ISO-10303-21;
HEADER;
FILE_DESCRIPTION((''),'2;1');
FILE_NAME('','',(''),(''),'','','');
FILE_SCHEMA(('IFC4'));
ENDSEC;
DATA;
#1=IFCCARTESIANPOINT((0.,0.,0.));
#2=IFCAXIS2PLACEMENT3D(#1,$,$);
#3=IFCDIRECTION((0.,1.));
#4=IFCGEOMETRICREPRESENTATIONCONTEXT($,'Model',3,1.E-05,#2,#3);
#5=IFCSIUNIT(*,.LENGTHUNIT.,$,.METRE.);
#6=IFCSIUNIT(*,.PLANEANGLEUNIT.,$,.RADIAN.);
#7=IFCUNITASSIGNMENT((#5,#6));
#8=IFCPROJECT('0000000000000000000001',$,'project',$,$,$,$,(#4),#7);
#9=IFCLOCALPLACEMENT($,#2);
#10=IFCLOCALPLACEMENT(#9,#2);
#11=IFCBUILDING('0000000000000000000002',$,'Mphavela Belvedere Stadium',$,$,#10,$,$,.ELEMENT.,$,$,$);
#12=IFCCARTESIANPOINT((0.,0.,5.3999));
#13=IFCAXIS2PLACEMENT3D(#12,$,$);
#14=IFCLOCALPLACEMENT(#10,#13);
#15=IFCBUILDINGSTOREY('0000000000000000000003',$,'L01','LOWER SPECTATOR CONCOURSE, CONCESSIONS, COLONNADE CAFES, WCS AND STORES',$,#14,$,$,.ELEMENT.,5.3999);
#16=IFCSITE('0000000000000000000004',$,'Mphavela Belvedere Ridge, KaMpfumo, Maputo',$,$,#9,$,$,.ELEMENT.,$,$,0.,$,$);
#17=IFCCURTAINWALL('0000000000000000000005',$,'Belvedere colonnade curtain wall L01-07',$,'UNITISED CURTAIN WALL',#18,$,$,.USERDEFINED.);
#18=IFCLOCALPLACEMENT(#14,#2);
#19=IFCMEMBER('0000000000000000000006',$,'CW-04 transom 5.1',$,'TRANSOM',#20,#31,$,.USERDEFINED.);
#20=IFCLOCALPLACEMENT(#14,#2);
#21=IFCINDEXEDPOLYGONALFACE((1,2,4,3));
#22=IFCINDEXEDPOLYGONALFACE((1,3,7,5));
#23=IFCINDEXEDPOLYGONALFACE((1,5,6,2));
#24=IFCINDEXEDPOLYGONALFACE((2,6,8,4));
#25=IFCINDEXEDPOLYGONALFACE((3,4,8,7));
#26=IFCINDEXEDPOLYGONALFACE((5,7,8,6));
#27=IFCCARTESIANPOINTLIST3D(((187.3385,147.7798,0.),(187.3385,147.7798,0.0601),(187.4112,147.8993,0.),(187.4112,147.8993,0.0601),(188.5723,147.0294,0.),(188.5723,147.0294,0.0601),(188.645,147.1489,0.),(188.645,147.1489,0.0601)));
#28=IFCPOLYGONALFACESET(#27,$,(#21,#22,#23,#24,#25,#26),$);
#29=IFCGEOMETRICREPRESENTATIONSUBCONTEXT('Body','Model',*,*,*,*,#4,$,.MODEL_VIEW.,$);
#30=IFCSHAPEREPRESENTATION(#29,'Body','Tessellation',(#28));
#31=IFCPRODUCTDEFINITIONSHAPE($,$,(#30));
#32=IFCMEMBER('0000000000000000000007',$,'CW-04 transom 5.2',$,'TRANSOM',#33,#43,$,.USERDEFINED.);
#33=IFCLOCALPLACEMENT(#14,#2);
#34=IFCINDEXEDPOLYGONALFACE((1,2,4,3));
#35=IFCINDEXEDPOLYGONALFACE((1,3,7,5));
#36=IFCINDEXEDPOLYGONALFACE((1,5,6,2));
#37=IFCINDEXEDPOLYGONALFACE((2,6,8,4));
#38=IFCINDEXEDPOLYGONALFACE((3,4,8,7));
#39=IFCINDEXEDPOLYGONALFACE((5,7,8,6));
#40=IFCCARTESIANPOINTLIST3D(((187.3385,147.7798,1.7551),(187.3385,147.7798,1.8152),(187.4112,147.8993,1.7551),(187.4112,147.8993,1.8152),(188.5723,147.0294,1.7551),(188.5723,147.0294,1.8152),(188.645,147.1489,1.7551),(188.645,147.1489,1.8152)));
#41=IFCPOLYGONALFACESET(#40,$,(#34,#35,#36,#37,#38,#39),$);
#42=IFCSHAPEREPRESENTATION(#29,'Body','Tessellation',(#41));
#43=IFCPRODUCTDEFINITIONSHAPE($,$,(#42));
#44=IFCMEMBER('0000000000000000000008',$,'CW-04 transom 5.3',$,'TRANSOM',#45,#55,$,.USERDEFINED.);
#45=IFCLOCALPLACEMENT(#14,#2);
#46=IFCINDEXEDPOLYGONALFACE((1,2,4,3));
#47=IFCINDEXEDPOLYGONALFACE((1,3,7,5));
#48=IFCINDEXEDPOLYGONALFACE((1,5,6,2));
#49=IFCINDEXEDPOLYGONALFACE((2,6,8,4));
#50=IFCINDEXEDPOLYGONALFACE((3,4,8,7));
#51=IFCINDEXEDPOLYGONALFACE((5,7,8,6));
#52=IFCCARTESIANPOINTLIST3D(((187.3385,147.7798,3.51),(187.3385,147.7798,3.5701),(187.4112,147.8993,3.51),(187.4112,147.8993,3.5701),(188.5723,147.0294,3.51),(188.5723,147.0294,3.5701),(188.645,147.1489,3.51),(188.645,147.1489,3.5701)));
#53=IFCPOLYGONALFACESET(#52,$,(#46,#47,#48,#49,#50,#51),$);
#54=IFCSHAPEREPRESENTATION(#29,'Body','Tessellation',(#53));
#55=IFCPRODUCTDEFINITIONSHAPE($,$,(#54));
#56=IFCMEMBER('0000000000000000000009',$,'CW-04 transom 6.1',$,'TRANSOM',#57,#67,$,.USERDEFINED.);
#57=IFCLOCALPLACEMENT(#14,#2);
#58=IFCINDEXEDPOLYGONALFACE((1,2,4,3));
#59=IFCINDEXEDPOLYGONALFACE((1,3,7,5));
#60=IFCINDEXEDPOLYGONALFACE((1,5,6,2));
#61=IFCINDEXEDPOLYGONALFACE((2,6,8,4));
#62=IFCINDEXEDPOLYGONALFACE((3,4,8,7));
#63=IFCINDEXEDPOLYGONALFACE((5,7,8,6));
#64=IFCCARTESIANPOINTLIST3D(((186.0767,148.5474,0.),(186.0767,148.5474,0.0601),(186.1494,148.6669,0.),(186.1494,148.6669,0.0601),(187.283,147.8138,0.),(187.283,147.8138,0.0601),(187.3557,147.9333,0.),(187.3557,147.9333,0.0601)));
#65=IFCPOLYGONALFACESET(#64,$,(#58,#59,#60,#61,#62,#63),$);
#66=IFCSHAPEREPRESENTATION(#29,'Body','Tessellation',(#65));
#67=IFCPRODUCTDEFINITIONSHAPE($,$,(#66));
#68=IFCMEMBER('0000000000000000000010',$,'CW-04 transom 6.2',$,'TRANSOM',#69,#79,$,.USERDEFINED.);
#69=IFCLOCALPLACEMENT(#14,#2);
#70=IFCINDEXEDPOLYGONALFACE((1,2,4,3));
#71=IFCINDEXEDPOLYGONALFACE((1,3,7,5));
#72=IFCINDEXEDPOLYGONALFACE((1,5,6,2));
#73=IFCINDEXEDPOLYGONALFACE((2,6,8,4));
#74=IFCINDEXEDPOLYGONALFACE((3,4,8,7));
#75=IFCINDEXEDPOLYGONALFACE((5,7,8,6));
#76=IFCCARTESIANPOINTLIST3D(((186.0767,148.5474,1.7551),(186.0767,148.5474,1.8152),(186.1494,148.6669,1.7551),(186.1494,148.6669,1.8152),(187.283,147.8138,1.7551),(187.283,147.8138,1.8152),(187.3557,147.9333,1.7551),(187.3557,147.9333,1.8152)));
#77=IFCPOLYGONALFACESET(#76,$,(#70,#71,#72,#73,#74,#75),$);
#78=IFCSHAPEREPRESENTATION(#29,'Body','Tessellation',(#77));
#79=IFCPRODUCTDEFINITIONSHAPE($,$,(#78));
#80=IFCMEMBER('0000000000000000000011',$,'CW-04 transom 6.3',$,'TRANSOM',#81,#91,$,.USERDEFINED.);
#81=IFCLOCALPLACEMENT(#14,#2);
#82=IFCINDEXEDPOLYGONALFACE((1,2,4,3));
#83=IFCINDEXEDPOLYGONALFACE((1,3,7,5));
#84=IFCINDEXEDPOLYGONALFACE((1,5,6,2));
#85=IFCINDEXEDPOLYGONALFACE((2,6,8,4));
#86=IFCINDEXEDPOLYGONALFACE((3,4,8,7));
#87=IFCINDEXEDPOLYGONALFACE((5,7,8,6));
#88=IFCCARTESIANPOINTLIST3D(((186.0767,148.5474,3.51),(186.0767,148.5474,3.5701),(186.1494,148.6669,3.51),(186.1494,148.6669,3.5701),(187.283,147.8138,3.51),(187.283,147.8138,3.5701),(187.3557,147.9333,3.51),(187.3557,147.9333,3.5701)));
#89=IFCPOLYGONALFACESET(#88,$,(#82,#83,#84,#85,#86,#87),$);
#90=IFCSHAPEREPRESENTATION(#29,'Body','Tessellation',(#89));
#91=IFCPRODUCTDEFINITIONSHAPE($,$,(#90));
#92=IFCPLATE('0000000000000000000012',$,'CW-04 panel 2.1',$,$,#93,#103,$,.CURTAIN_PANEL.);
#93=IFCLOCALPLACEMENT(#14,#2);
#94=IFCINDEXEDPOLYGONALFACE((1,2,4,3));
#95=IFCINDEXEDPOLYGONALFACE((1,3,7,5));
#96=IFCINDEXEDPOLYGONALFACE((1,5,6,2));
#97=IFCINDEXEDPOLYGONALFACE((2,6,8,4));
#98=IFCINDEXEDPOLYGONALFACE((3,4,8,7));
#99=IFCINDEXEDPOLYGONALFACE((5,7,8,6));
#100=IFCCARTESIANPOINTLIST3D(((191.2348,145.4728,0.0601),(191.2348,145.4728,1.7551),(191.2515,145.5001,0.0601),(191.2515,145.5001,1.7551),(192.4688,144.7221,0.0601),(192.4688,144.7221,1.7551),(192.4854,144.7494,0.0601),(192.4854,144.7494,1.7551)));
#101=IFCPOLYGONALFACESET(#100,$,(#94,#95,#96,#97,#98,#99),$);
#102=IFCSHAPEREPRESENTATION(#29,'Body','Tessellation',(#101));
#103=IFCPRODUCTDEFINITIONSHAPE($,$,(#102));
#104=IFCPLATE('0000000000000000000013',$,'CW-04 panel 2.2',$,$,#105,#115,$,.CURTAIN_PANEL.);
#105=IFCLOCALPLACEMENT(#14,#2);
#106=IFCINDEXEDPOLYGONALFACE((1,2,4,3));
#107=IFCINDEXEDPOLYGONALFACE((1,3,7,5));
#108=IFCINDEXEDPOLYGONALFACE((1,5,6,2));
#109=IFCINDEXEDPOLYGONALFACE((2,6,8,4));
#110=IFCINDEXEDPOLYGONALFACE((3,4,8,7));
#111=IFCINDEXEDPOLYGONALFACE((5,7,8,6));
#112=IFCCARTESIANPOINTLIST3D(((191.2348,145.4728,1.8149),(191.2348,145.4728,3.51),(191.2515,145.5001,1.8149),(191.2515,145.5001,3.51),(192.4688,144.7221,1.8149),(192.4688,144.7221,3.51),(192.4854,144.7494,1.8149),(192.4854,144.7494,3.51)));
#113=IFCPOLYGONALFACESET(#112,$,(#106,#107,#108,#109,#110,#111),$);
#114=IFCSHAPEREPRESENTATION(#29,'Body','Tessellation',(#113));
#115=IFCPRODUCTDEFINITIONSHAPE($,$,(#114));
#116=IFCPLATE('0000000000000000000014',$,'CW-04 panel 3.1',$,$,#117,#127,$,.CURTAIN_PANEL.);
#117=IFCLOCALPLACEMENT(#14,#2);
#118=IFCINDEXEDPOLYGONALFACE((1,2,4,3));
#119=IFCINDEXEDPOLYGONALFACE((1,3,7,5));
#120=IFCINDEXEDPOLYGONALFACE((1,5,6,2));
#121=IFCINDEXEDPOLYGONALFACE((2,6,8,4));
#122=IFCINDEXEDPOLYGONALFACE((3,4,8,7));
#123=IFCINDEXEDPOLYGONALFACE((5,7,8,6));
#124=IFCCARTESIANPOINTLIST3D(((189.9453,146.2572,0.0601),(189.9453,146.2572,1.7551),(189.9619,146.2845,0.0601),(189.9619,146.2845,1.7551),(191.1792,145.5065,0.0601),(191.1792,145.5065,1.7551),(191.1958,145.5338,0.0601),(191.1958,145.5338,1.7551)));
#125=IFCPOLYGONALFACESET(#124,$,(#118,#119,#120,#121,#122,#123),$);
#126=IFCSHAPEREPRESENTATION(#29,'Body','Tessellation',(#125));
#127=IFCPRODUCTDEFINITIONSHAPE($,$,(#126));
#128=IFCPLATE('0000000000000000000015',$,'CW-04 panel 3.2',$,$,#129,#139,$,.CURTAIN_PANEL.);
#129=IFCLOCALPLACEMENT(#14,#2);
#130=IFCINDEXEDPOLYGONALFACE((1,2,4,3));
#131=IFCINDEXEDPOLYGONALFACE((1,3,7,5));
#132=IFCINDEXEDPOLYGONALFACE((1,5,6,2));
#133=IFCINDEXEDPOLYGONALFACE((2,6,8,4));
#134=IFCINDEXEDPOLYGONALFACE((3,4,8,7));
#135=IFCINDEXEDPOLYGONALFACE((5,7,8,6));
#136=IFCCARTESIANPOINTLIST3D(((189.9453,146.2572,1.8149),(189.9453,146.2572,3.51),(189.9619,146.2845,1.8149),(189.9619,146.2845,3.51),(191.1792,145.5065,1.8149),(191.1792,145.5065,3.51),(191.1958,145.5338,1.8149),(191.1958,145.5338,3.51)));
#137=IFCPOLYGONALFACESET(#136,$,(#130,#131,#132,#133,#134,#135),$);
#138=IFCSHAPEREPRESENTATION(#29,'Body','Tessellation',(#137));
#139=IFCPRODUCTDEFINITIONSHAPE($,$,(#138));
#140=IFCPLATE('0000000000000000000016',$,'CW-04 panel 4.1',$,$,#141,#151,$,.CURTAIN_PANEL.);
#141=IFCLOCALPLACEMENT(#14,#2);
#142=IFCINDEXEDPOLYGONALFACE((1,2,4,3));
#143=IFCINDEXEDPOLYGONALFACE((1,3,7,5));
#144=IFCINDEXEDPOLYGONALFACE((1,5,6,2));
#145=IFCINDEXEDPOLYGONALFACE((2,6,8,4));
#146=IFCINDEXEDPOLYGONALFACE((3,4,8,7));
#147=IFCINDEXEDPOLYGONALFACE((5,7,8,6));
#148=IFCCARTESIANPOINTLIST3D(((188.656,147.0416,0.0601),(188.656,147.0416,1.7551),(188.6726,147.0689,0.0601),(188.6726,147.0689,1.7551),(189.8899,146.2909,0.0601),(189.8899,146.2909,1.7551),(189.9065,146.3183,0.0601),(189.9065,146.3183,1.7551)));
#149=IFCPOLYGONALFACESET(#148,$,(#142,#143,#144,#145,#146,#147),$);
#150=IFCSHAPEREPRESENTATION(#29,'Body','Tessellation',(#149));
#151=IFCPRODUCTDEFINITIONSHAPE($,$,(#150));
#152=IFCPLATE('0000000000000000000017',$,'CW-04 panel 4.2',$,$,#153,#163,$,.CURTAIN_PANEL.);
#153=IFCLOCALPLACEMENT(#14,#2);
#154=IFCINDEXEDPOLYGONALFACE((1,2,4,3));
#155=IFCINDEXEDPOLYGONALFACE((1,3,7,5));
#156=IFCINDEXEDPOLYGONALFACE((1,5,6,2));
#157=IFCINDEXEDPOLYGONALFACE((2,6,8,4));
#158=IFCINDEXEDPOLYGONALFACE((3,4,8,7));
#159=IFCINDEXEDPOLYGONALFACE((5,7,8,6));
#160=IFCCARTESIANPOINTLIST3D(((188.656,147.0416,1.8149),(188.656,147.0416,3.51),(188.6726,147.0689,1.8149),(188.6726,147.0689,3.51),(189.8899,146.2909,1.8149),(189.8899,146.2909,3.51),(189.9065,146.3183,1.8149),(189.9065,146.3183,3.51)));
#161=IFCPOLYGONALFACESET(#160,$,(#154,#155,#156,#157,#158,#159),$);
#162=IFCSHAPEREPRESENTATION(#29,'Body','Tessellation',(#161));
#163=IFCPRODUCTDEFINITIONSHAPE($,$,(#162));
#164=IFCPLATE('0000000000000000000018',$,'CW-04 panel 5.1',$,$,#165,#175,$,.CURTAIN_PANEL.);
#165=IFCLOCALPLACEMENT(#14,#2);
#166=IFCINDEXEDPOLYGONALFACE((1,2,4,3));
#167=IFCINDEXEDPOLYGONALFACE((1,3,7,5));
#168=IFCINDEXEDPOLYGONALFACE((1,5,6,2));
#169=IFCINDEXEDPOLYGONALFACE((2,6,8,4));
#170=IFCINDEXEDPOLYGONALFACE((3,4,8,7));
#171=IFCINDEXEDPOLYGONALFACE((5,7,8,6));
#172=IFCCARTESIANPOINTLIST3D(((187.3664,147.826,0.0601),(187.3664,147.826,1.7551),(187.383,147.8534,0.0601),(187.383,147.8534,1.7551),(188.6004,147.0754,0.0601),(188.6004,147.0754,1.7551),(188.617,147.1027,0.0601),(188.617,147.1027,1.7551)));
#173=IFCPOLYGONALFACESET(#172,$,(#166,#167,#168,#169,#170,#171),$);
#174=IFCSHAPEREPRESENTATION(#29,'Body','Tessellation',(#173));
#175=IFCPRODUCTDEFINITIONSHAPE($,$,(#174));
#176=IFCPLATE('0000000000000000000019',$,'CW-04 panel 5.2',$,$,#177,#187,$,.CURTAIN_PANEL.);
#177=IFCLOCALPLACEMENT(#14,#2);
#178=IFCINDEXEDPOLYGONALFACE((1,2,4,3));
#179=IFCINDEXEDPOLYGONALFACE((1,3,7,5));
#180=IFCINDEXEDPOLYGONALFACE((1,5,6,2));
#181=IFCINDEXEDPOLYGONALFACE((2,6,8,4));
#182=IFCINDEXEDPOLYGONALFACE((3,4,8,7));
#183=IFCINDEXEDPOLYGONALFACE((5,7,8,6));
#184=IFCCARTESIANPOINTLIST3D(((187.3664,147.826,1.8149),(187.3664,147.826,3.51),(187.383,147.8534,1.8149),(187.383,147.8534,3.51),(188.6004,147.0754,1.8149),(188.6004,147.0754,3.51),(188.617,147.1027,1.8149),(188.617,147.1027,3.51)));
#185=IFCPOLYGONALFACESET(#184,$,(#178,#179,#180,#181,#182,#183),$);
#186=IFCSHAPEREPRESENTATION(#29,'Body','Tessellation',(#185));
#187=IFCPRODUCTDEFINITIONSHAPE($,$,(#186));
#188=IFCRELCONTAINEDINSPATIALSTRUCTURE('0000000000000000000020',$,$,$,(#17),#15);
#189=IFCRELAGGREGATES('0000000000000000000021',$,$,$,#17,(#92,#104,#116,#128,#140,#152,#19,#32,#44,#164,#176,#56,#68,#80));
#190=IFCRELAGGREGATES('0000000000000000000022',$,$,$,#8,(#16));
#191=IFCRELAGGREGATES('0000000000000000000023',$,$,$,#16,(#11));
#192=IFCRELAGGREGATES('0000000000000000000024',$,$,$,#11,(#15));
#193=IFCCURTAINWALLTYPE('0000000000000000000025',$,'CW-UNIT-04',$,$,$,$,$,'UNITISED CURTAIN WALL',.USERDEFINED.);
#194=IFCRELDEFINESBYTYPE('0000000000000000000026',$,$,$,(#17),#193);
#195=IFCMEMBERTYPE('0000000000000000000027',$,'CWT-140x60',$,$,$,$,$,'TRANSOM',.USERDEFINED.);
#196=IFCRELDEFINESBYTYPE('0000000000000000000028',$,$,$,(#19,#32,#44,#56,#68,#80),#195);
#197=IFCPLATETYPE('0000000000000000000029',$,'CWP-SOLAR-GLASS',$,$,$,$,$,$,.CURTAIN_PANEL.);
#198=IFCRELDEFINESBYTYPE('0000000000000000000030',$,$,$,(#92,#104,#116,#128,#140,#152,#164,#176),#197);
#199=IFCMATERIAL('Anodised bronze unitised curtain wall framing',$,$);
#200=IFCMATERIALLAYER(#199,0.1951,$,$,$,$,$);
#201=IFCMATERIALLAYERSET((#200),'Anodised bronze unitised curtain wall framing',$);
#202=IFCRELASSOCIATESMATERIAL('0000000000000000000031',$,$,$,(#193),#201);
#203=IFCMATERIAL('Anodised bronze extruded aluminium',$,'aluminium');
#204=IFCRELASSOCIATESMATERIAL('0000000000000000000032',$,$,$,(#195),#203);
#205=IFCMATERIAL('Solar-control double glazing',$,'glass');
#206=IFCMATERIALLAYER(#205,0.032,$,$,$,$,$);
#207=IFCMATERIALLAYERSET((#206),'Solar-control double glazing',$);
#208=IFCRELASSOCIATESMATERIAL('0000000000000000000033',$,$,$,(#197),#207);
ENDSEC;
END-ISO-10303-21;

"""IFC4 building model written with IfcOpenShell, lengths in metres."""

from ifc_helpers import new_model, si_unit, direction, frame, origin, origin_2d, place, context, subcontext, project, spatial, rectangle, extrude, material, layer, layer_set, material_profile, profile_set, type_object, element, aggregate, save


model = new_model("IFC4")

# Units and contexts
model_context = context("Model", 3, precision=1e-05, world=origin(), true_north=direction((0.0, 1.0)))
body_context = subcontext(model_context, "Body", "Model", "MODEL_VIEW")
ifc_project = project(units=[si_unit("LENGTHUNIT", "METRE"), si_unit("PLANEANGLEUNIT", "RADIAN")], contexts=[model_context])

# Site, building, storey
site_placement = place(None, origin())
site = spatial("IfcSite", under=ifc_project, at=site_placement, Name="Mphavela Belvedere Ridge, KaMpfumo, Maputo", CompositionType="ELEMENT", RefElevation=0.0)
building_placement = place(site_placement, origin())
building = spatial("IfcBuilding", under=site, at=building_placement, Name="Mphavela Belvedere Stadium", CompositionType="ELEMENT")
storey_placement = place(building_placement, frame((0.0, 0.0, 5.3999)))
storey = spatial("IfcBuildingStorey", under=building, at=storey_placement, Name="L01", Description="LOWER SPECTATOR CONCOURSE, CONCESSIONS, COLONNADE CAFES, WCS AND STORES", CompositionType="ELEMENT", Elevation=5.3999)

# Curtain wall, members, plates
ifc_material_1 = material(Name="Anodised bronze unitised curtain wall framing")
ifc_layer_1 = layer(ifc_material_1, 0.1951)
ifc_layer_set_1 = layer_set([ifc_layer_1], Name="Anodised bronze unitised curtain wall framing")
curtain_wall_type = type_object("IfcCurtainWallType", Name="CW-UNIT-04", ElementType="UNITISED CURTAIN WALL", PredefinedType="USERDEFINED", material=ifc_layer_set_1)
curtain_wall_placement = place(storey_placement, origin())
curtain_wall = element("IfcCurtainWall", 1, at=curtain_wall_placement, inside=storey, type_object=curtain_wall_type, Name="Belvedere colonnade curtain wall L01-07", ObjectType="UNITISED CURTAIN WALL", PredefinedType="USERDEFINED")
ifc_material_2 = material(Name="Anodised bronze extruded aluminium", Category="aluminium")
ifc_material_profile_1 = material_profile(ifc_material_2, rectangle(XDim=0.1399, YDim=0.0601, at=origin_2d()), Name="CW-TRN 140x60")
ifc_profile_set_1 = profile_set([ifc_material_profile_1], Name="Anodised bronze extruded aluminium")
member_type_1 = type_object("IfcMemberType", Name="CWT-140x60", ElementType="TRANSOM", PredefinedType="USERDEFINED", material=ifc_profile_set_1)
member_1_placement = place(storey_placement, frame((188.6086, 147.0891, 0.03), z_axis=(-0.854375, 0.519657, 0.0), x_axis=(-0.519657, -0.854375, 0.0)))
member_1 = element("IfcMember", 2, at=member_1_placement, type_object=member_type_1, Name="CW-04 transom 5.1", ObjectType="TRANSOM", PredefinedType="USERDEFINED", context=body_context, shape_type="SweptSolid", body=[
    extrude(rectangle(XDim=0.1399, YDim=0.0601, at=origin_2d()), origin(), (0.0, 0.0, 1.0), 1.4441),
])
member_2_placement = place(storey_placement, frame((188.6086, 147.0891, 1.7852), z_axis=(-0.854375, 0.519657, 0.0), x_axis=(-0.519657, -0.854375, 0.0)))
member_2 = element("IfcMember", 3, at=member_2_placement, type_object=member_type_1, Name="CW-04 transom 5.2", ObjectType="TRANSOM", PredefinedType="USERDEFINED", context=body_context, shape_type="SweptSolid", body=[
    extrude(rectangle(XDim=0.1399, YDim=0.0601, at=origin_2d()), origin(), (0.0, 0.0, 1.0), 1.4441),
])
member_3_placement = place(storey_placement, frame((188.6086, 147.0891, 3.54), z_axis=(-0.854375, 0.519657, 0.0), x_axis=(-0.519657, -0.854375, 0.0)))
member_3 = element("IfcMember", 4, at=member_3_placement, type_object=member_type_1, Name="CW-04 transom 5.3", ObjectType="TRANSOM", PredefinedType="USERDEFINED", context=body_context, shape_type="SweptSolid", body=[
    extrude(rectangle(XDim=0.1399, YDim=0.0601, at=origin_2d()), origin(), (0.0, 0.0, 1.0), 1.4441),
])
member_4_placement = place(storey_placement, frame((187.3193, 147.8735, 0.03), z_axis=(-0.854396, 0.519623, 0.0), x_axis=(-0.519623, -0.854396, 0.0)))
member_4 = element("IfcMember", 5, at=member_4_placement, type_object=member_type_1, Name="CW-04 transom 6.1", ObjectType="TRANSOM", PredefinedType="USERDEFINED", context=body_context, shape_type="SweptSolid", body=[
    extrude(rectangle(XDim=0.1399, YDim=0.0601, at=origin_2d()), origin(), (0.0, 0.0, 1.0), 1.4119),
])
member_5_placement = place(storey_placement, frame((187.3193, 147.8735, 1.7852), z_axis=(-0.854396, 0.519623, 0.0), x_axis=(-0.519623, -0.854396, 0.0)))
member_5 = element("IfcMember", 6, at=member_5_placement, type_object=member_type_1, Name="CW-04 transom 6.2", ObjectType="TRANSOM", PredefinedType="USERDEFINED", context=body_context, shape_type="SweptSolid", body=[
    extrude(rectangle(XDim=0.1399, YDim=0.0601, at=origin_2d()), origin(), (0.0, 0.0, 1.0), 1.4119),
])
member_6_placement = place(storey_placement, frame((187.3193, 147.8735, 3.54), z_axis=(-0.854396, 0.519623, 0.0), x_axis=(-0.519623, -0.854396, 0.0)))
member_6 = element("IfcMember", 7, at=member_6_placement, type_object=member_type_1, Name="CW-04 transom 6.3", ObjectType="TRANSOM", PredefinedType="USERDEFINED", context=body_context, shape_type="SweptSolid", body=[
    extrude(rectangle(XDim=0.1399, YDim=0.0601, at=origin_2d()), origin(), (0.0, 0.0, 1.0), 1.4119),
])
ifc_material_3 = material(Name="Solar-control double glazing", Category="glass")
ifc_layer_2 = layer(ifc_material_3, 0.032)
ifc_layer_set_2 = layer_set([ifc_layer_2], Name="Solar-control double glazing")
plate_type = type_object("IfcPlateType", Name="CWP-SOLAR-GLASS", PredefinedType="CURTAIN_PANEL", material=ifc_layer_set_2)
plate_1_placement = place(storey_placement, frame((191.8601, 145.1111, 0.0601), z_axis=(0.0, 0.0, 1.0), x_axis=(-0.854328, 0.519735, 0.0)))
plate_1 = element("IfcPlate", 8, at=plate_1_placement, type_object=plate_type, Name="CW-04 panel 2.1", PredefinedType="CURTAIN_PANEL", context=body_context, shape_type="SweptSolid", body=[
    extrude(rectangle(XDim=1.4443, YDim=0.032, at=origin_2d()), origin(), (0.0, 0.0, 1.0), 1.6951),
])
plate_2_placement = place(storey_placement, frame((191.8601, 145.1111, 1.8149), z_axis=(0.0, 0.0, 1.0), x_axis=(-0.854328, 0.519735, 0.0)))
plate_2 = element("IfcPlate", 9, at=plate_2_placement, type_object=plate_type, Name="CW-04 panel 2.2", PredefinedType="CURTAIN_PANEL", context=body_context, shape_type="SweptSolid", body=[
    extrude(rectangle(XDim=1.4443, YDim=0.032, at=origin_2d()), origin(), (0.0, 0.0, 1.0), 1.6951),
])
plate_3_placement = place(storey_placement, frame((190.5706, 145.8955, 0.0601), z_axis=(0.0, 0.0, 1.0), x_axis=(-0.854328, 0.519735, 0.0)))
plate_3 = element("IfcPlate", 10, at=plate_3_placement, type_object=plate_type, Name="CW-04 panel 3.1", PredefinedType="CURTAIN_PANEL", context=body_context, shape_type="SweptSolid", body=[
    extrude(rectangle(XDim=1.4443, YDim=0.032, at=origin_2d()), origin(), (0.0, 0.0, 1.0), 1.6951),
])
plate_4_placement = place(storey_placement, frame((190.5706, 145.8955, 1.8149), z_axis=(0.0, 0.0, 1.0), x_axis=(-0.854328, 0.519735, 0.0)))
plate_4 = element("IfcPlate", 11, at=plate_4_placement, type_object=plate_type, Name="CW-04 panel 3.2", PredefinedType="CURTAIN_PANEL", context=body_context, shape_type="SweptSolid", body=[
    extrude(rectangle(XDim=1.4443, YDim=0.032, at=origin_2d()), origin(), (0.0, 0.0, 1.0), 1.6951),
])
plate_5_placement = place(storey_placement, frame((189.2812, 146.6799, 0.0601), z_axis=(0.0, 0.0, 1.0), x_axis=(-0.854328, 0.519735, 0.0)))
plate_5 = element("IfcPlate", 12, at=plate_5_placement, type_object=plate_type, Name="CW-04 panel 4.1", PredefinedType="CURTAIN_PANEL", context=body_context, shape_type="SweptSolid", body=[
    extrude(rectangle(XDim=1.4443, YDim=0.032, at=origin_2d()), origin(), (0.0, 0.0, 1.0), 1.6951),
])
plate_6_placement = place(storey_placement, frame((189.2812, 146.6799, 1.8149), z_axis=(0.0, 0.0, 1.0), x_axis=(-0.854328, 0.519735, 0.0)))
plate_6 = element("IfcPlate", 13, at=plate_6_placement, type_object=plate_type, Name="CW-04 panel 4.2", PredefinedType="CURTAIN_PANEL", context=body_context, shape_type="SweptSolid", body=[
    extrude(rectangle(XDim=1.4443, YDim=0.032, at=origin_2d()), origin(), (0.0, 0.0, 1.0), 1.6951),
])
plate_7_placement = place(storey_placement, frame((187.9917, 147.4644, 0.0601), z_axis=(0.0, 0.0, 1.0), x_axis=(-0.854328, 0.519735, 0.0)))
plate_7 = element("IfcPlate", 14, at=plate_7_placement, type_object=plate_type, Name="CW-04 panel 5.1", PredefinedType="CURTAIN_PANEL", context=body_context, shape_type="SweptSolid", body=[
    extrude(rectangle(XDim=1.4443, YDim=0.032, at=origin_2d()), origin(), (0.0, 0.0, 1.0), 1.6951),
])
plate_8_placement = place(storey_placement, frame((187.9917, 147.4644, 1.8149), z_axis=(0.0, 0.0, 1.0), x_axis=(-0.854328, 0.519735, 0.0)))
plate_8 = element("IfcPlate", 15, at=plate_8_placement, type_object=plate_type, Name="CW-04 panel 5.2", PredefinedType="CURTAIN_PANEL", context=body_context, shape_type="SweptSolid", body=[
    extrude(rectangle(XDim=1.4443, YDim=0.032, at=origin_2d()), origin(), (0.0, 0.0, 1.0), 1.6951),
])
aggregate(curtain_wall, [plate_1, plate_2, plate_3, plate_4, plate_5, plate_6, member_1, member_2, member_3, plate_7, plate_8, member_4, member_5, member_6])

save(model, "model.ifc")
